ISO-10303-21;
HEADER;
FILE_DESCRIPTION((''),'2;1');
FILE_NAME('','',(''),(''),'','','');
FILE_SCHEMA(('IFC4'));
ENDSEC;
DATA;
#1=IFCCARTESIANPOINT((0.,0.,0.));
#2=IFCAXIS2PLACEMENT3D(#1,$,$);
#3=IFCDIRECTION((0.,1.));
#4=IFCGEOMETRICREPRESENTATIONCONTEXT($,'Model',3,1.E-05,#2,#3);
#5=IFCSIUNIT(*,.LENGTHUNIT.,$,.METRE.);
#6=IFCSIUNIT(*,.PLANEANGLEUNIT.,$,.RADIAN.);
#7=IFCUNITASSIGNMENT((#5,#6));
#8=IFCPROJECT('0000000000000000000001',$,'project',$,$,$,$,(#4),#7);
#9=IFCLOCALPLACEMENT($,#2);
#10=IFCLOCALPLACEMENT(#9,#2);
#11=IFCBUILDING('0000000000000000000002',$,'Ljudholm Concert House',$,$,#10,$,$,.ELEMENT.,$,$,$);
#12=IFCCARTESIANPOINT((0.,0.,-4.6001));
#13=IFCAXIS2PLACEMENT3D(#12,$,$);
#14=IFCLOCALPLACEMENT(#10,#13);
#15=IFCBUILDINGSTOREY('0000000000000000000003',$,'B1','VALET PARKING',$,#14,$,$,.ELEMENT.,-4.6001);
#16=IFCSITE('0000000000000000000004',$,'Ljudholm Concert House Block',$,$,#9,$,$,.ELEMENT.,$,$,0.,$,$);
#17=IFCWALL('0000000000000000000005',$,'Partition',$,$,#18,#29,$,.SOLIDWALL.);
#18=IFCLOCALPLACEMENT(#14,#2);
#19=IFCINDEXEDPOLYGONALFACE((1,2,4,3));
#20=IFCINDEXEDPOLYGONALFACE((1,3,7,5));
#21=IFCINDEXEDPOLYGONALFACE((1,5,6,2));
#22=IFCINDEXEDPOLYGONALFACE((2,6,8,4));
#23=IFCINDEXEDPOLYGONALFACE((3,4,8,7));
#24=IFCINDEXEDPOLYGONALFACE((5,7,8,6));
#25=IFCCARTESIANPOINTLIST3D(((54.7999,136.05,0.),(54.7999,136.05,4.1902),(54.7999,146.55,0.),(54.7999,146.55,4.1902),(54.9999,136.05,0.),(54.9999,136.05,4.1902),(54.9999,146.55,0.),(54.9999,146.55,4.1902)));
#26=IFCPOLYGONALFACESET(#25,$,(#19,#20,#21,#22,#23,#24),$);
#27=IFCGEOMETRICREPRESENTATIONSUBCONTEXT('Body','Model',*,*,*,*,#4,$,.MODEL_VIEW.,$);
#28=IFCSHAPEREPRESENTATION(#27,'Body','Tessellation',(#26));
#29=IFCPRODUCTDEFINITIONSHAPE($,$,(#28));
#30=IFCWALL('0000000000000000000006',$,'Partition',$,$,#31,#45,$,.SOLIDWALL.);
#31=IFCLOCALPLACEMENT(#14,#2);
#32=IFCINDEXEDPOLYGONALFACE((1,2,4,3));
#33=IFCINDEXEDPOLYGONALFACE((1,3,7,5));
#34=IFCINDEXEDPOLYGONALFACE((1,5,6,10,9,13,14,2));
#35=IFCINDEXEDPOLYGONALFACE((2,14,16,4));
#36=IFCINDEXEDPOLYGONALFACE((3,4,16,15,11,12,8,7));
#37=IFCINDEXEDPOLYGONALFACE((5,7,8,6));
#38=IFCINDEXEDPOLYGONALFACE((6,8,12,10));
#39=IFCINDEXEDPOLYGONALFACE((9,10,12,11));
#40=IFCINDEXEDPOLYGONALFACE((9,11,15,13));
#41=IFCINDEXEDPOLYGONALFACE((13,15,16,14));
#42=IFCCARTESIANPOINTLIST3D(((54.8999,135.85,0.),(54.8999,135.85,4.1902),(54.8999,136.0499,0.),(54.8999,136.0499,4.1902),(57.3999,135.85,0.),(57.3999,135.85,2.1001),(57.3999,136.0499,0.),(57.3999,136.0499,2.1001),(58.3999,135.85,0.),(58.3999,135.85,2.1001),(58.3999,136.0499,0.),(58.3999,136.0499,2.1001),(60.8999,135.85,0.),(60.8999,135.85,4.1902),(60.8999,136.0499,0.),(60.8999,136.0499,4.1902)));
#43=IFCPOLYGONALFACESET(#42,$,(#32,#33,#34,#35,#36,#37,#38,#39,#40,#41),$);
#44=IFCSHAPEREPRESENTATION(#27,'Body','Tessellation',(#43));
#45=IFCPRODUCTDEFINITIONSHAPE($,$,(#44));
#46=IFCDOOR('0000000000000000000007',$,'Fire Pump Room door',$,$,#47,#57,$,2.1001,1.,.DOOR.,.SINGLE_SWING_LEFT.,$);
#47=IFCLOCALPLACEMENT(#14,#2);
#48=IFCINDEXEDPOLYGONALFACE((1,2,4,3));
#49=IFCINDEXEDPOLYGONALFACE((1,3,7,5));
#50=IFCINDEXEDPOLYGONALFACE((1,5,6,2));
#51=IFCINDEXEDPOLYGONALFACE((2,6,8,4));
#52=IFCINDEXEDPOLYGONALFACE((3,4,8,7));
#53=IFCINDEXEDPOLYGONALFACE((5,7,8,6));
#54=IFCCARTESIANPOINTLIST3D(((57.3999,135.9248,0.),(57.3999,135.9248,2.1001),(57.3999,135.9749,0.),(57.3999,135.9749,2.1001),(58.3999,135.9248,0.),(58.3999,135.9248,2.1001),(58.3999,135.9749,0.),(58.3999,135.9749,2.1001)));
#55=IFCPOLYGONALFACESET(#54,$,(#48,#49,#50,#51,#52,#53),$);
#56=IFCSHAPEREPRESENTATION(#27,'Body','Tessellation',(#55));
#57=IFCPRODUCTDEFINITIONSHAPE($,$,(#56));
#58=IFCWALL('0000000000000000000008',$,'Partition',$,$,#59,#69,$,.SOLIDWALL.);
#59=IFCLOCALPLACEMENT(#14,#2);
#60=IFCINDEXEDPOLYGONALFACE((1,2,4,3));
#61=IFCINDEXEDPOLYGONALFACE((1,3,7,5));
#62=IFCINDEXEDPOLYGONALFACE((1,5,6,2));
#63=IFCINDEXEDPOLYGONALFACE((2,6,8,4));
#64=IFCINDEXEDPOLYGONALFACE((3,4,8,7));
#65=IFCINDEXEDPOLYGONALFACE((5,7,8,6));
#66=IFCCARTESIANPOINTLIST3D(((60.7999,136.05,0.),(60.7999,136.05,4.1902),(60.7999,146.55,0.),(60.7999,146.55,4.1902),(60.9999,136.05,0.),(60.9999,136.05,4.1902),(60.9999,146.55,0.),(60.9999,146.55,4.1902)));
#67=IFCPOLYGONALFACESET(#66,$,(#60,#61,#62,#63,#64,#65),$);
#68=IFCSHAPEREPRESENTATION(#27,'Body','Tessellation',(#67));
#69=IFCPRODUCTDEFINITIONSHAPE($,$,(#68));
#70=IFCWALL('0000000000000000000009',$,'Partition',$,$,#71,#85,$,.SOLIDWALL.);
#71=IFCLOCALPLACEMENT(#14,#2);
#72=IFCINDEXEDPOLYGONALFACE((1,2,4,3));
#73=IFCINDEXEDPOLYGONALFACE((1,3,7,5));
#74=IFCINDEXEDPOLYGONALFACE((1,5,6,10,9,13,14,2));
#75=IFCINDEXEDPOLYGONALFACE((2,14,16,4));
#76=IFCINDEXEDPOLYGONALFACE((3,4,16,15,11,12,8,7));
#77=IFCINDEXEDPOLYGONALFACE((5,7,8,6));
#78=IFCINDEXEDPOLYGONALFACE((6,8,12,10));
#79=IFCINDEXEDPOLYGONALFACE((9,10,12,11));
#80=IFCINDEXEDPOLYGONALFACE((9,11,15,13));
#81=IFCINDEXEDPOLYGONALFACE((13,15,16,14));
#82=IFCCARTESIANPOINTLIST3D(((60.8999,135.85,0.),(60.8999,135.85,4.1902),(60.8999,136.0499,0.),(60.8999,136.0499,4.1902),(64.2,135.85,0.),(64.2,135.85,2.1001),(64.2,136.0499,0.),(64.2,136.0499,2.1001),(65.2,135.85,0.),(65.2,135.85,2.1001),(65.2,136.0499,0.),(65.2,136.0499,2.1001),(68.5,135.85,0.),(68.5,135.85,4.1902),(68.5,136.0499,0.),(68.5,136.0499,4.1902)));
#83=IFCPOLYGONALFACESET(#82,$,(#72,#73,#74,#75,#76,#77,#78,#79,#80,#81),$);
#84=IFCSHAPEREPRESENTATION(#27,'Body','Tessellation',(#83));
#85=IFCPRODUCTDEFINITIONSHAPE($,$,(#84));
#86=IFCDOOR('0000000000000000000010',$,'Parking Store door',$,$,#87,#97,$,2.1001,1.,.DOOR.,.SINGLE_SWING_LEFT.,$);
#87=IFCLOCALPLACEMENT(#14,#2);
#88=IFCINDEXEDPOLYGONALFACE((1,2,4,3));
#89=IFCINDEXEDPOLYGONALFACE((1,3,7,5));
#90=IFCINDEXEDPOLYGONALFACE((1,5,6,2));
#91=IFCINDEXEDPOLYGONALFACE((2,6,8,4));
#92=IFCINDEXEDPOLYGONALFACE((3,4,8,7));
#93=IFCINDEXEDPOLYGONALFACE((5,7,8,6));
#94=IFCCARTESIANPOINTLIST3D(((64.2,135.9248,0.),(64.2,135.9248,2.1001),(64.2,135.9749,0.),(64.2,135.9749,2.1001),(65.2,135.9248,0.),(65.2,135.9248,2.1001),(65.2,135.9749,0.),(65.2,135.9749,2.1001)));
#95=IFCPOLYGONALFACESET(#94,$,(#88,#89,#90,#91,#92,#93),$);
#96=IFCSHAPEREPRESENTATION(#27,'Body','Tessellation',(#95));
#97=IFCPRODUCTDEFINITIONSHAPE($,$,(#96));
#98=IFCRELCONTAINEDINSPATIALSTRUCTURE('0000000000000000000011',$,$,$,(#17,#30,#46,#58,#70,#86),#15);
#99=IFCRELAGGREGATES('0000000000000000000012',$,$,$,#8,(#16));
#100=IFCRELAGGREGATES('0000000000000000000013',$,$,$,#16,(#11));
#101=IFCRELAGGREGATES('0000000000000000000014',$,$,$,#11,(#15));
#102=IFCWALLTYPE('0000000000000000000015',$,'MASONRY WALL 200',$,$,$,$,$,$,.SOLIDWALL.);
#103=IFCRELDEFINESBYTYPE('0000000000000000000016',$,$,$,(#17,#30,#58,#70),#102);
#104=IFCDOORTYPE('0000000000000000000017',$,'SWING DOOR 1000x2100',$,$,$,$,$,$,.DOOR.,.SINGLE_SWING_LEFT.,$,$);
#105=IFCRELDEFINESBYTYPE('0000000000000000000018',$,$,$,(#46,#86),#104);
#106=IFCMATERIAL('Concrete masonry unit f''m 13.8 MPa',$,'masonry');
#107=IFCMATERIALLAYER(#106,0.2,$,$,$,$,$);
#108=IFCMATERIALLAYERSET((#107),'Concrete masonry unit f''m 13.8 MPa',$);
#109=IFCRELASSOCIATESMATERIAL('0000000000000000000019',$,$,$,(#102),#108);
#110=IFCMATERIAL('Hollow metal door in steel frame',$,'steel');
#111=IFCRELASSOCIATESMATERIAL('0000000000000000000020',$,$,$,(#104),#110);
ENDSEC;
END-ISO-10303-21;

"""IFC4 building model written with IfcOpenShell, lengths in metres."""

from ifc_helpers import new_model, si_unit, direction, frame, frame_2d, origin, place, context, subcontext, project, spatial, rectangle, extrude, material, layer, layer_set, type_object, element, fill, save


model = new_model("IFC4")

# Units and contexts
model_context = context("Model", 3, precision=1e-05, world=origin(), true_north=direction((0.0, 1.0)))
body_context = subcontext(model_context, "Body", "Model", "MODEL_VIEW")
ifc_project = project(units=[si_unit("LENGTHUNIT", "METRE"), si_unit("PLANEANGLEUNIT", "RADIAN")], contexts=[model_context])

# Site, building, storey
site_placement = place(None, origin())
site = spatial("IfcSite", under=ifc_project, at=site_placement, Name="Ljudholm Concert House Block", CompositionType="ELEMENT", RefElevation=0.0)
building_placement = place(site_placement, origin())
building = spatial("IfcBuilding", under=site, at=building_placement, Name="Ljudholm Concert House", CompositionType="ELEMENT")
storey_placement = place(building_placement, frame((0.0, 0.0, -4.6001)))
storey = spatial("IfcBuildingStorey", under=building, at=storey_placement, Name="B1", Description="VALET PARKING", CompositionType="ELEMENT", Elevation=-4.6001)

# Wall
ifc_material_1 = material(Name="Concrete masonry unit f'm 13.8 MPa", Category="masonry")
ifc_layer = layer(ifc_material_1, 0.2)
ifc_layer_set = layer_set([ifc_layer], Name="Concrete masonry unit f'm 13.8 MPa")
wall_type = type_object("IfcWallType", Name="MASONRY WALL 200", PredefinedType="SOLIDWALL", material=ifc_layer_set)
wall_1_placement = place(storey_placement, frame((54.8999, 136.05, 0.0), z_axis=(0.0, 0.0, 1.0), x_axis=(0.0, 1.0, 0.0)))
element("IfcWall", 1, at=wall_1_placement, inside=storey, type_object=wall_type, Name="Partition", PredefinedType="SOLIDWALL", context=body_context, shape_type="SweptSolid", body=[
    extrude(rectangle(XDim=10.5, YDim=0.2, at=frame_2d((5.25, 0.0))), origin(), (0.0, 0.0, 1.0), 4.1902),
])

# Wall, opening, door
wall_2_placement = place(storey_placement, frame((54.8999, 135.95, 0.0), z_axis=(0.0, 0.0, 1.0), x_axis=(1.0, 0.0, 0.0)))
wall_2 = element("IfcWall", 2, at=wall_2_placement, inside=storey, type_object=wall_type, Name="Partition", PredefinedType="SOLIDWALL", context=body_context, shape_type="SweptSolid", body=[
    extrude(rectangle(XDim=6.0, YDim=0.2, at=frame_2d((3.0, 0.0))), origin(), (0.0, 0.0, 1.0), 4.1902),
])
opening_1_placement = place(wall_2_placement, frame((2.5, 0.0, 0.0)))
opening_1 = element("IfcOpeningElement", 3, at=opening_1_placement, cuts=wall_2, PredefinedType="OPENING", context=body_context, shape_type="SweptSolid", body=[
    extrude(rectangle(XDim=1.0, YDim=2.1001, at=frame_2d((0.5, 1.05))), frame((0.0, 0.1099, 0.0), z_axis=(0.0, -1.0, 0.0), x_axis=(1.0, 0.0, 0.0)), (0.0, 0.0, 1.0), 0.22),
])
ifc_material_2 = material(Name="Hollow metal door in steel frame", Category="steel")
door_type = type_object("IfcDoorType", Name="SWING DOOR 1000x2100", OperationType="SINGLE_SWING_LEFT", PredefinedType="DOOR", material=ifc_material_2)
door_1_placement = place(opening_1_placement, origin())
door_1 = element("IfcDoor", 4, at=door_1_placement, inside=storey, type_object=door_type, Name="Fire Pump Room door", OperationType="SINGLE_SWING_LEFT", OverallHeight=2.1001, OverallWidth=1.0, PredefinedType="DOOR", context=body_context, shape_type="SweptSolid", body=[
    extrude(rectangle(XDim=1.0, YDim=2.1001, at=frame_2d((0.5, 1.05))), frame((0.0, 0.0249, 0.0), z_axis=(0.0, -1.0, 0.0), x_axis=(1.0, 0.0, 0.0)), (0.0, 0.0, 1.0), 0.05),
])
fill(opening_1, door_1)

# Wall
wall_3_placement = place(storey_placement, frame((60.8999, 136.05, 0.0), z_axis=(0.0, 0.0, 1.0), x_axis=(0.0, 1.0, 0.0)))
element("IfcWall", 5, at=wall_3_placement, inside=storey, type_object=wall_type, Name="Partition", PredefinedType="SOLIDWALL", context=body_context, shape_type="SweptSolid", body=[
    extrude(rectangle(XDim=10.5, YDim=0.2, at=frame_2d((5.25, 0.0))), origin(), (0.0, 0.0, 1.0), 4.1902),
])

# Wall, opening, door
wall_4_placement = place(storey_placement, frame((60.8999, 135.95, 0.0), z_axis=(0.0, 0.0, 1.0), x_axis=(1.0, 0.0, 0.0)))
wall_4 = element("IfcWall", 6, at=wall_4_placement, inside=storey, type_object=wall_type, Name="Partition", PredefinedType="SOLIDWALL", context=body_context, shape_type="SweptSolid", body=[
    extrude(rectangle(XDim=7.6001, YDim=0.2, at=frame_2d((3.8, 0.0))), origin(), (0.0, 0.0, 1.0), 4.1902),
])
opening_2_placement = place(wall_4_placement, frame((3.3, 0.0, 0.0)))
opening_2 = element("IfcOpeningElement", 7, at=opening_2_placement, cuts=wall_4, PredefinedType="OPENING", context=body_context, shape_type="SweptSolid", body=[
    extrude(rectangle(XDim=1.0, YDim=2.1001, at=frame_2d((0.5, 1.05))), frame((0.0, 0.1099, 0.0), z_axis=(0.0, -1.0, 0.0), x_axis=(1.0, 0.0, 0.0)), (0.0, 0.0, 1.0), 0.22),
])
door_2_placement = place(opening_2_placement, origin())
door_2 = element("IfcDoor", 8, at=door_2_placement, inside=storey, type_object=door_type, Name="Parking Store door", OperationType="SINGLE_SWING_LEFT", OverallHeight=2.1001, OverallWidth=1.0, PredefinedType="DOOR", context=body_context, shape_type="SweptSolid", body=[
    extrude(rectangle(XDim=1.0, YDim=2.1001, at=frame_2d((0.5, 1.05))), frame((0.0, 0.0249, 0.0), z_axis=(0.0, -1.0, 0.0), x_axis=(1.0, 0.0, 0.0)), (0.0, 0.0, 1.0), 0.05),
])
fill(opening_2, door_2)

save(model, "model.ifc")
